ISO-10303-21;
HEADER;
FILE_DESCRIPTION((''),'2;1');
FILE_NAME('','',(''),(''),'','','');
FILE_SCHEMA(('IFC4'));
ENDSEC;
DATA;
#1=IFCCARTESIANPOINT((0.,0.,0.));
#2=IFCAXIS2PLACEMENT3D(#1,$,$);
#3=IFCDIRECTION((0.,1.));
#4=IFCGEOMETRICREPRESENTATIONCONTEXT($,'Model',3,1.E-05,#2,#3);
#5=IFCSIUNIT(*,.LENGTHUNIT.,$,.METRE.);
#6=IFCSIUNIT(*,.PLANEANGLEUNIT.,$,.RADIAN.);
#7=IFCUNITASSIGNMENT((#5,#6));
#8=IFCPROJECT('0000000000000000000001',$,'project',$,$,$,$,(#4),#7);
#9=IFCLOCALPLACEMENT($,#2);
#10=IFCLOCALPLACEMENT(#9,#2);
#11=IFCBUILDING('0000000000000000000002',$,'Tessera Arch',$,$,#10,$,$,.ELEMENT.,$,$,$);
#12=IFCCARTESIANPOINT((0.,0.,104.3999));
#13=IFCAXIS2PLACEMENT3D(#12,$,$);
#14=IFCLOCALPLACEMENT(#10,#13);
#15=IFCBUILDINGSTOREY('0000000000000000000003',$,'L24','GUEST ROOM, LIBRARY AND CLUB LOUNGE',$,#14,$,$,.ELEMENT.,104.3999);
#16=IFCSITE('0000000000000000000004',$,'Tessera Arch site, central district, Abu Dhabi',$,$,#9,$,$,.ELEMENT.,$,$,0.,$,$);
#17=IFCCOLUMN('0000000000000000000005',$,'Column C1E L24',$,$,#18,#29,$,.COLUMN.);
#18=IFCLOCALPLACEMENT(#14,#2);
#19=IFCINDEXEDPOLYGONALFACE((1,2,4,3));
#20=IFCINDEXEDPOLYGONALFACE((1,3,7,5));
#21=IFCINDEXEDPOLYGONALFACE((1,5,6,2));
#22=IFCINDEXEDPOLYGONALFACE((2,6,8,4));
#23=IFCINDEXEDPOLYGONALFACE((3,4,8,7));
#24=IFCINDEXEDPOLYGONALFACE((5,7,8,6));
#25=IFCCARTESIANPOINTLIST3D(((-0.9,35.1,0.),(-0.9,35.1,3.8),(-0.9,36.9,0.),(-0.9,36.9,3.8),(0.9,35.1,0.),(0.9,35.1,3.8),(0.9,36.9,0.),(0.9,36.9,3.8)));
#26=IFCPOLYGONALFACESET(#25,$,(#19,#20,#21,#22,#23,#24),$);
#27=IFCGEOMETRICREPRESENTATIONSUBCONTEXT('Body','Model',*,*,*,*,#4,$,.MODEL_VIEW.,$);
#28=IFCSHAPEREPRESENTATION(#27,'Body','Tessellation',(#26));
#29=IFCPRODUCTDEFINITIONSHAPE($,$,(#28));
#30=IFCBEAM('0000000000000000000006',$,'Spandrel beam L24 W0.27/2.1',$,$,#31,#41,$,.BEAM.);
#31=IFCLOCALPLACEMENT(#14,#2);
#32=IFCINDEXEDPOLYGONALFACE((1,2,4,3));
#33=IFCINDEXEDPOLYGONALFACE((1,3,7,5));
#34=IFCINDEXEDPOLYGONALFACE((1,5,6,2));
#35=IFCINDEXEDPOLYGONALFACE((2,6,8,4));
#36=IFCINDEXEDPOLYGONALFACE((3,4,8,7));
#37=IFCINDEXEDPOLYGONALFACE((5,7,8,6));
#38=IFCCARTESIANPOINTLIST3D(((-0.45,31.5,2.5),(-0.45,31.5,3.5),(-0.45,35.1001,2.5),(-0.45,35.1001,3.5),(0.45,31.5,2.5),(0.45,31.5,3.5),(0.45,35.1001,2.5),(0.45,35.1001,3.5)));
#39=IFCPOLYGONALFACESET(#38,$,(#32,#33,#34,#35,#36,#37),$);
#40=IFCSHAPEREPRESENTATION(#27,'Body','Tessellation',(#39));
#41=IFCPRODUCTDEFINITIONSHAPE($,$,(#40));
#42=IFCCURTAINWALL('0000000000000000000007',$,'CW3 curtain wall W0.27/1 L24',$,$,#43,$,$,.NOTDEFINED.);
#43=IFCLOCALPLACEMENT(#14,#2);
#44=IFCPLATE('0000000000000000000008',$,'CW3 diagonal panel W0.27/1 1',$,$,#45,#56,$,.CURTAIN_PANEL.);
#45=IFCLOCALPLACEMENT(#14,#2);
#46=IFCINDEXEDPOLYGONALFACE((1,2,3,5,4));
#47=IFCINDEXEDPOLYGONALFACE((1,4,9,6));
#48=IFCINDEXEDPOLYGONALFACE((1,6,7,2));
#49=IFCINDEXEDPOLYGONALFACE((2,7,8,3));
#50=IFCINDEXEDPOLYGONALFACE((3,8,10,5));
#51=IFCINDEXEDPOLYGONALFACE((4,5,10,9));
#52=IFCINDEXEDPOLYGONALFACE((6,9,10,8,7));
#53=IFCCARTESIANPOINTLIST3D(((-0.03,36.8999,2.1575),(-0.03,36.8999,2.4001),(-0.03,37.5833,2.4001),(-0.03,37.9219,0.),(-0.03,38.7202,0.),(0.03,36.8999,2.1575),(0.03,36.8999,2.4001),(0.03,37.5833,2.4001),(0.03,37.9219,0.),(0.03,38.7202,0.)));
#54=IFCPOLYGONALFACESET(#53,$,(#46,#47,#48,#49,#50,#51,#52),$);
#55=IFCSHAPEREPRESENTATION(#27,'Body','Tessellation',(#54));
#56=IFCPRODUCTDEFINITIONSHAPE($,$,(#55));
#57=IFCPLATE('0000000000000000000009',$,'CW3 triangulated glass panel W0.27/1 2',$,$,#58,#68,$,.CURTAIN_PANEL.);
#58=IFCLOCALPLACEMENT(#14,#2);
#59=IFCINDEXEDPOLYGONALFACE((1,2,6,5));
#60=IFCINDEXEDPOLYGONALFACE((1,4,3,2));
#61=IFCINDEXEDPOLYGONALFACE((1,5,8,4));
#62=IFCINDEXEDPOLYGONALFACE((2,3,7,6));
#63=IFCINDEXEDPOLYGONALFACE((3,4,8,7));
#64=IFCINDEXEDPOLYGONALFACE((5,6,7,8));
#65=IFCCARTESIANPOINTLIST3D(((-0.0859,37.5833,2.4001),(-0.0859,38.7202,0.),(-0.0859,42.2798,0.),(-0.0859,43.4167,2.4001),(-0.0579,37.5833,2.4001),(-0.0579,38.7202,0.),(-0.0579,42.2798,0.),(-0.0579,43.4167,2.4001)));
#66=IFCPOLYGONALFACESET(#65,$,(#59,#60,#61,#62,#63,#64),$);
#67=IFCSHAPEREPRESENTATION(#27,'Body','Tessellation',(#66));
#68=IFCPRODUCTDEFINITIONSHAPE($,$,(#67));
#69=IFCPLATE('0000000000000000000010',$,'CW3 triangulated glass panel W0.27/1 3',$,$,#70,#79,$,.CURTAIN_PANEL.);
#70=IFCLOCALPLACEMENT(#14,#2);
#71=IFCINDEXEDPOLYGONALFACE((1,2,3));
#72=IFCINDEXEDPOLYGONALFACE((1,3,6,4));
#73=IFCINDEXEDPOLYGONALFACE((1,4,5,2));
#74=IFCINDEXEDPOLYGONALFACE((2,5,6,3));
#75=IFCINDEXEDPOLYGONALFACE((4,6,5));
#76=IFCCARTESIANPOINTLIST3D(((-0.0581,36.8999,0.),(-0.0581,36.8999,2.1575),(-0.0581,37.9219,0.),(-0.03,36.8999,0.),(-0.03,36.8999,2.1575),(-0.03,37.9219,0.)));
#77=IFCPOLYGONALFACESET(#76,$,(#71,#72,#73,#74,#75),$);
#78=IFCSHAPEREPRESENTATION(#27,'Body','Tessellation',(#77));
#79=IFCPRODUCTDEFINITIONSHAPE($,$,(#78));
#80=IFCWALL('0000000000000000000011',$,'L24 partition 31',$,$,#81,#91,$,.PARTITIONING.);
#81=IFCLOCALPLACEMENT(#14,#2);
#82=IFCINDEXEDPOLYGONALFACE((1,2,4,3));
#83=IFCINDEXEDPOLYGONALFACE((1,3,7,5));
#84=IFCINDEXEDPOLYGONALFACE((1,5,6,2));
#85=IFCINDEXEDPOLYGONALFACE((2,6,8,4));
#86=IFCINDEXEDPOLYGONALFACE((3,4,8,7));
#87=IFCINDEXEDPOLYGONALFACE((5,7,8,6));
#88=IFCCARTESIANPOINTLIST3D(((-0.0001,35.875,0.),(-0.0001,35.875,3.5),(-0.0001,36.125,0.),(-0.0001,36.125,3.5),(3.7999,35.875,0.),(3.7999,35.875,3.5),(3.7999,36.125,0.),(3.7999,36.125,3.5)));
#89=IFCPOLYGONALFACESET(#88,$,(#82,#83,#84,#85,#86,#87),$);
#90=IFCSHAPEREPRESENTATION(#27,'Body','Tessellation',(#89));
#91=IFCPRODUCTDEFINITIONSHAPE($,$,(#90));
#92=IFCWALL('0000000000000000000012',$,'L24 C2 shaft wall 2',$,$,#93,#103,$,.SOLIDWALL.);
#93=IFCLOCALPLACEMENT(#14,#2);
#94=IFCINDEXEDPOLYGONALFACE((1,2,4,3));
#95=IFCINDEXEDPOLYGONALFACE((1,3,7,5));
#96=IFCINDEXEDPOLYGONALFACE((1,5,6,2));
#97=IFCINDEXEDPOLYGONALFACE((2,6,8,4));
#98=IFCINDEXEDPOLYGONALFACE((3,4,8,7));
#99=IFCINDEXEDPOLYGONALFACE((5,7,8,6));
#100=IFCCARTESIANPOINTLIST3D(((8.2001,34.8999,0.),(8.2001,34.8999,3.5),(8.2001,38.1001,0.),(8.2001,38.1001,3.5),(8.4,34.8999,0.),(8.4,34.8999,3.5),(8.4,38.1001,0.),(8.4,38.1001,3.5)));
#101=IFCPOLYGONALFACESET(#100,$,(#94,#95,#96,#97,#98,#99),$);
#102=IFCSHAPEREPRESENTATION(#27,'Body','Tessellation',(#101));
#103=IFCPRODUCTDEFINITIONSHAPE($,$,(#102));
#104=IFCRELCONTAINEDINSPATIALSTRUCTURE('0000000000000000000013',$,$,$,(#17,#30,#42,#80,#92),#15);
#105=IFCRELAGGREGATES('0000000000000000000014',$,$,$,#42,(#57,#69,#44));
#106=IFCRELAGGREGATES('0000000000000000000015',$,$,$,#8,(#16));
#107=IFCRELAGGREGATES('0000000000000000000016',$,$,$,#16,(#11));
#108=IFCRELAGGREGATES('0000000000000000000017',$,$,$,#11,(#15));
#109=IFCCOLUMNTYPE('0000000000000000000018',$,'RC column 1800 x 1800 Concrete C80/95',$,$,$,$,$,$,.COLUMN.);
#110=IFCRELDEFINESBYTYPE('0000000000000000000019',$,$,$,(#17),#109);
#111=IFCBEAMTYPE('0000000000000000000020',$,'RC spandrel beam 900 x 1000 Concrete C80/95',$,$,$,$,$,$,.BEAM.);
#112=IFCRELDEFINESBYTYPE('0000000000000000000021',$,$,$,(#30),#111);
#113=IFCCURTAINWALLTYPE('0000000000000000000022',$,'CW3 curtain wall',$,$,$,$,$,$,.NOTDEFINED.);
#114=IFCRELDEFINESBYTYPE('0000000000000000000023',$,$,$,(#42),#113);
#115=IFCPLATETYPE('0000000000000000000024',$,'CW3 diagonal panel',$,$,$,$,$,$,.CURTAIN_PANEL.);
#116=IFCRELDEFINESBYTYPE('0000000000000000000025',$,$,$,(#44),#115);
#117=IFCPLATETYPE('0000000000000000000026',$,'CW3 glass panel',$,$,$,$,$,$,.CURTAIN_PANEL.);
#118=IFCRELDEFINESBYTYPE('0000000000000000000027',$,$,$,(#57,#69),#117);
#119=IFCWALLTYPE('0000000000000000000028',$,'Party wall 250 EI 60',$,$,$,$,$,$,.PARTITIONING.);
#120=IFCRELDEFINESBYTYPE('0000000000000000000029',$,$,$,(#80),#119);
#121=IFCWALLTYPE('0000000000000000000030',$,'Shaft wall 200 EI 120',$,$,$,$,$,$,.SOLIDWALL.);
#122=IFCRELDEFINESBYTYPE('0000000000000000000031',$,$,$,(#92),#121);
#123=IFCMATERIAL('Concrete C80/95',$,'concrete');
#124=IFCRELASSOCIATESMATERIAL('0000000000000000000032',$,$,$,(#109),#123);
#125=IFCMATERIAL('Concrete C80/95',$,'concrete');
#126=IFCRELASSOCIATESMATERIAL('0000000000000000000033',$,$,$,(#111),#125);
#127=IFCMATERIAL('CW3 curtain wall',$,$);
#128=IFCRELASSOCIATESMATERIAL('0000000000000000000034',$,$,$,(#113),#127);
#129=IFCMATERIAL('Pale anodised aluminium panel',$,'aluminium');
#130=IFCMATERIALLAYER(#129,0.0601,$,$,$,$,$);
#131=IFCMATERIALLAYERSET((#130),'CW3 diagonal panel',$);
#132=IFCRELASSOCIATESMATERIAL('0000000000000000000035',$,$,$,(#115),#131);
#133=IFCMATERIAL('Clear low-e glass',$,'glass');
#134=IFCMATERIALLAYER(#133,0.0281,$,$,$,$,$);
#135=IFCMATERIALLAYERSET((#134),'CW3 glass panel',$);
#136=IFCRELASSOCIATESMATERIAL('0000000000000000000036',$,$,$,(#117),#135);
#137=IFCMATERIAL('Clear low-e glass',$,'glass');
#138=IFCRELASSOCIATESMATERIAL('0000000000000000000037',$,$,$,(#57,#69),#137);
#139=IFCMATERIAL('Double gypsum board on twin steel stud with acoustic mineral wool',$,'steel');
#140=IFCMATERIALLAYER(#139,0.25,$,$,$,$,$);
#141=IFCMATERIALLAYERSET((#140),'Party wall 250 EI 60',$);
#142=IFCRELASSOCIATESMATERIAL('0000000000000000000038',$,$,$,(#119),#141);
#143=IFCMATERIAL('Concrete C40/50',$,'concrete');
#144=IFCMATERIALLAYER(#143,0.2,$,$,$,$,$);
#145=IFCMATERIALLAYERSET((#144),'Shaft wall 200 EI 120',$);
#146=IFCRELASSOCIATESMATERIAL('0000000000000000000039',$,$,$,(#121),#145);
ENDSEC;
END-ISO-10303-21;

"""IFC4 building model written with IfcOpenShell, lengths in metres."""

from ifc_helpers import new_model, si_unit, direction, frame, frame_2d, origin, origin_2d, place, context, subcontext, project, spatial, polyline, rectangle, outline, extrude, material, layer, layer_set, material_profile, profile_set, type_object, element, aggregate, save


model = new_model("IFC4")

# Units and contexts
model_context = context("Model", 3, precision=1e-05, world=origin(), true_north=direction((0.0, 1.0)))
body_context = subcontext(model_context, "Body", "Model", "MODEL_VIEW")
ifc_project = project(units=[si_unit("LENGTHUNIT", "METRE"), si_unit("PLANEANGLEUNIT", "RADIAN")], contexts=[model_context])

# Site, building, storey
site_placement = place(None, origin())
site = spatial("IfcSite", under=ifc_project, at=site_placement, Name="Tessera Arch site, central district, Abu Dhabi", CompositionType="ELEMENT", RefElevation=0.0)
building_placement = place(site_placement, origin())
building = spatial("IfcBuilding", under=site, at=building_placement, Name="Tessera Arch", CompositionType="ELEMENT")
storey_placement = place(building_placement, frame((0.0, 0.0, 104.3999)))
storey = spatial("IfcBuildingStorey", under=building, at=storey_placement, Name="L24", Description="GUEST ROOM, LIBRARY AND CLUB LOUNGE", CompositionType="ELEMENT", Elevation=104.3999)

# Column
ifc_material_1 = material(Name="Concrete C80/95", Category="concrete")
ifc_material_profile_1 = material_profile(ifc_material_1, rectangle(XDim=1.8, YDim=1.8, at=origin_2d()), Name="RC column 1800 x 1800 Concrete C80/95")
ifc_profile_set_1 = profile_set([ifc_material_profile_1], Name="Concrete C80/95")
column_type = type_object("IfcColumnType", Name="RC column 1800 x 1800 Concrete C80/95", PredefinedType="COLUMN", material=ifc_profile_set_1)
column_placement = place(storey_placement, frame((0.0, 36.0, 0.0), z_axis=(0.0, 0.0, 1.0), x_axis=(1.0, 0.0, 0.0)))
element("IfcColumn", 1, at=column_placement, inside=storey, type_object=column_type, Name="Column C1E L24", PredefinedType="COLUMN", context=body_context, shape_type="SweptSolid", body=[
    extrude(rectangle(XDim=1.8, YDim=1.8, at=origin_2d()), origin(), (0.0, 0.0, 1.0), 3.8),
])

# Beam
ifc_material_2 = material(Name="Concrete C80/95", Category="concrete")
ifc_material_profile_2 = material_profile(ifc_material_2, rectangle(XDim=0.8999, YDim=1.0, at=origin_2d()), Name="RC spandrel beam 900 x 1000 Concrete C80/95")
ifc_profile_set_2 = profile_set([ifc_material_profile_2], Name="Concrete C80/95")
beam_type = type_object("IfcBeamType", Name="RC spandrel beam 900 x 1000 Concrete C80/95", PredefinedType="BEAM", material=ifc_profile_set_2)
beam_placement = place(storey_placement, frame((0.0, 35.1001, 3.0), z_axis=(0.0, -1.0, 0.0), x_axis=(1.0, 0.0, 0.0)))
element("IfcBeam", 2, at=beam_placement, inside=storey, type_object=beam_type, Name="Spandrel beam L24 W0.27/2.1", PredefinedType="BEAM", context=body_context, shape_type="SweptSolid", body=[
    extrude(rectangle(XDim=0.8999, YDim=1.0, at=origin_2d()), origin(), (0.0, 0.0, 1.0), 3.6001),
])

# Curtain wall, plates
ifc_material_3 = material(Name="CW3 curtain wall")
curtain_wall_type = type_object("IfcCurtainWallType", Name="CW3 curtain wall", PredefinedType="NOTDEFINED", material=ifc_material_3)
curtain_wall_placement = place(storey_placement, origin())
curtain_wall = element("IfcCurtainWall", 3, at=curtain_wall_placement, inside=storey, type_object=curtain_wall_type, Name="CW3 curtain wall W0.27/1 L24", PredefinedType="NOTDEFINED")
ifc_material_4 = material(Name="Pale anodised aluminium panel", Category="aluminium")
ifc_layer_1 = layer(ifc_material_4, 0.0601)
ifc_layer_set_1 = layer_set([ifc_layer_1], Name="CW3 diagonal panel")
plate_type_1 = type_object("IfcPlateType", Name="CW3 diagonal panel", PredefinedType="CURTAIN_PANEL", material=ifc_layer_set_1)
plate_1_placement = place(storey_placement, frame((-0.03, 36.8999, 2.4001), z_axis=(-1.0, 0.0, 0.0), x_axis=(0.0, 1.0, 0.0)))
plate_1 = element("IfcPlate", 4, at=plate_1_placement, type_object=plate_type_1, Name="CW3 diagonal panel W0.27/1 1", PredefinedType="CURTAIN_PANEL", context=body_context, shape_type="SweptSolid", body=[
    extrude(outline(polyline([(0.0, 0.0), (0.6833, 0.0), (1.8203, 2.4001), (1.022, 2.4001), (0.0, 0.2427), (0.0, 0.0)])), origin(), (0.0, 0.0, -1.0), 0.0601),
])
ifc_material_5 = material(Name="Clear low-e glass", Category="glass")
ifc_material_6 = material(Name="Clear low-e glass", Category="glass")
ifc_layer_2 = layer(ifc_material_6, 0.0281)
ifc_layer_set_2 = layer_set([ifc_layer_2], Name="CW3 glass panel")
plate_type_2 = type_object("IfcPlateType", Name="CW3 glass panel", PredefinedType="CURTAIN_PANEL", material=ifc_layer_set_2)
plate_2_placement = place(storey_placement, frame((-0.0859, 37.5833, 2.4001), z_axis=(-1.0, 0.0, 0.0), x_axis=(0.0, 1.0, 0.0)))
plate_2 = element("IfcPlate", 5, at=plate_2_placement, type_object=plate_type_2, material=ifc_material_5, Name="CW3 triangulated glass panel W0.27/1 2", PredefinedType="CURTAIN_PANEL", context=body_context, shape_type="SweptSolid", body=[
    extrude(outline(polyline([(0.0, 0.0), (5.8335, 0.0), (4.6965, 2.4001), (1.137, 2.4001), (0.0, 0.0)])), origin(), (0.0, 0.0, -1.0), 0.0281),
])
plate_3_placement = place(storey_placement, frame((-0.0581, 36.8999, 0.0), z_axis=(-1.0, 0.0, 0.0), x_axis=(0.0, 0.0, 1.0)))
plate_3 = element("IfcPlate", 6, at=plate_3_placement, type_object=plate_type_2, material=ifc_material_5, Name="CW3 triangulated glass panel W0.27/1 3", PredefinedType="CURTAIN_PANEL", context=body_context, shape_type="SweptSolid", body=[
    extrude(outline(polyline([(0.0, 0.0), (2.1575, 0.0), (0.0, 1.022), (0.0, 0.0)])), origin(), (0.0, 0.0, -1.0), 0.0281),
])
aggregate(curtain_wall, [plate_2, plate_3, plate_1])

# Walls
ifc_material_7 = material(Name="Double gypsum board on twin steel stud with acoustic mineral wool", Category="steel")
ifc_layer_3 = layer(ifc_material_7, 0.25)
ifc_layer_set_3 = layer_set([ifc_layer_3], Name="Party wall 250 EI 60")
wall_type_1 = type_object("IfcWallType", Name="Party wall 250 EI 60", PredefinedType="PARTITIONING", material=ifc_layer_set_3)
wall_1_placement = place(storey_placement, frame((0.0, 36.0, 0.0), z_axis=(0.0, 0.0, 1.0), x_axis=(1.0, 0.0, 0.0)))
element("IfcWall", 7, at=wall_1_placement, inside=storey, type_object=wall_type_1, Name="L24 partition 31", PredefinedType="PARTITIONING", context=body_context, shape_type="SweptSolid", body=[
    extrude(rectangle(XDim=3.8, YDim=0.25, at=frame_2d((1.8999, 0.0))), origin(), (0.0, 0.0, 1.0), 3.5),
])
ifc_material_8 = material(Name="Concrete C40/50", Category="concrete")
ifc_layer_4 = layer(ifc_material_8, 0.2)
ifc_layer_set_4 = layer_set([ifc_layer_4], Name="Shaft wall 200 EI 120")
wall_type_2 = type_object("IfcWallType", Name="Shaft wall 200 EI 120", PredefinedType="SOLIDWALL", material=ifc_layer_set_4)
wall_2_placement = place(storey_placement, frame((8.3, 34.8999, 0.0), z_axis=(0.0, 0.0, 1.0), x_axis=(0.0, 1.0, 0.0)))
element("IfcWall", 8, at=wall_2_placement, inside=storey, type_object=wall_type_2, Name="L24 C2 shaft wall 2", PredefinedType="SOLIDWALL", context=body_context, shape_type="SweptSolid", body=[
    extrude(rectangle(XDim=3.2002, YDim=0.2, at=frame_2d((1.6001, 0.0))), origin(), (0.0, 0.0, 1.0), 3.5),
])

save(model, "model.ifc")
